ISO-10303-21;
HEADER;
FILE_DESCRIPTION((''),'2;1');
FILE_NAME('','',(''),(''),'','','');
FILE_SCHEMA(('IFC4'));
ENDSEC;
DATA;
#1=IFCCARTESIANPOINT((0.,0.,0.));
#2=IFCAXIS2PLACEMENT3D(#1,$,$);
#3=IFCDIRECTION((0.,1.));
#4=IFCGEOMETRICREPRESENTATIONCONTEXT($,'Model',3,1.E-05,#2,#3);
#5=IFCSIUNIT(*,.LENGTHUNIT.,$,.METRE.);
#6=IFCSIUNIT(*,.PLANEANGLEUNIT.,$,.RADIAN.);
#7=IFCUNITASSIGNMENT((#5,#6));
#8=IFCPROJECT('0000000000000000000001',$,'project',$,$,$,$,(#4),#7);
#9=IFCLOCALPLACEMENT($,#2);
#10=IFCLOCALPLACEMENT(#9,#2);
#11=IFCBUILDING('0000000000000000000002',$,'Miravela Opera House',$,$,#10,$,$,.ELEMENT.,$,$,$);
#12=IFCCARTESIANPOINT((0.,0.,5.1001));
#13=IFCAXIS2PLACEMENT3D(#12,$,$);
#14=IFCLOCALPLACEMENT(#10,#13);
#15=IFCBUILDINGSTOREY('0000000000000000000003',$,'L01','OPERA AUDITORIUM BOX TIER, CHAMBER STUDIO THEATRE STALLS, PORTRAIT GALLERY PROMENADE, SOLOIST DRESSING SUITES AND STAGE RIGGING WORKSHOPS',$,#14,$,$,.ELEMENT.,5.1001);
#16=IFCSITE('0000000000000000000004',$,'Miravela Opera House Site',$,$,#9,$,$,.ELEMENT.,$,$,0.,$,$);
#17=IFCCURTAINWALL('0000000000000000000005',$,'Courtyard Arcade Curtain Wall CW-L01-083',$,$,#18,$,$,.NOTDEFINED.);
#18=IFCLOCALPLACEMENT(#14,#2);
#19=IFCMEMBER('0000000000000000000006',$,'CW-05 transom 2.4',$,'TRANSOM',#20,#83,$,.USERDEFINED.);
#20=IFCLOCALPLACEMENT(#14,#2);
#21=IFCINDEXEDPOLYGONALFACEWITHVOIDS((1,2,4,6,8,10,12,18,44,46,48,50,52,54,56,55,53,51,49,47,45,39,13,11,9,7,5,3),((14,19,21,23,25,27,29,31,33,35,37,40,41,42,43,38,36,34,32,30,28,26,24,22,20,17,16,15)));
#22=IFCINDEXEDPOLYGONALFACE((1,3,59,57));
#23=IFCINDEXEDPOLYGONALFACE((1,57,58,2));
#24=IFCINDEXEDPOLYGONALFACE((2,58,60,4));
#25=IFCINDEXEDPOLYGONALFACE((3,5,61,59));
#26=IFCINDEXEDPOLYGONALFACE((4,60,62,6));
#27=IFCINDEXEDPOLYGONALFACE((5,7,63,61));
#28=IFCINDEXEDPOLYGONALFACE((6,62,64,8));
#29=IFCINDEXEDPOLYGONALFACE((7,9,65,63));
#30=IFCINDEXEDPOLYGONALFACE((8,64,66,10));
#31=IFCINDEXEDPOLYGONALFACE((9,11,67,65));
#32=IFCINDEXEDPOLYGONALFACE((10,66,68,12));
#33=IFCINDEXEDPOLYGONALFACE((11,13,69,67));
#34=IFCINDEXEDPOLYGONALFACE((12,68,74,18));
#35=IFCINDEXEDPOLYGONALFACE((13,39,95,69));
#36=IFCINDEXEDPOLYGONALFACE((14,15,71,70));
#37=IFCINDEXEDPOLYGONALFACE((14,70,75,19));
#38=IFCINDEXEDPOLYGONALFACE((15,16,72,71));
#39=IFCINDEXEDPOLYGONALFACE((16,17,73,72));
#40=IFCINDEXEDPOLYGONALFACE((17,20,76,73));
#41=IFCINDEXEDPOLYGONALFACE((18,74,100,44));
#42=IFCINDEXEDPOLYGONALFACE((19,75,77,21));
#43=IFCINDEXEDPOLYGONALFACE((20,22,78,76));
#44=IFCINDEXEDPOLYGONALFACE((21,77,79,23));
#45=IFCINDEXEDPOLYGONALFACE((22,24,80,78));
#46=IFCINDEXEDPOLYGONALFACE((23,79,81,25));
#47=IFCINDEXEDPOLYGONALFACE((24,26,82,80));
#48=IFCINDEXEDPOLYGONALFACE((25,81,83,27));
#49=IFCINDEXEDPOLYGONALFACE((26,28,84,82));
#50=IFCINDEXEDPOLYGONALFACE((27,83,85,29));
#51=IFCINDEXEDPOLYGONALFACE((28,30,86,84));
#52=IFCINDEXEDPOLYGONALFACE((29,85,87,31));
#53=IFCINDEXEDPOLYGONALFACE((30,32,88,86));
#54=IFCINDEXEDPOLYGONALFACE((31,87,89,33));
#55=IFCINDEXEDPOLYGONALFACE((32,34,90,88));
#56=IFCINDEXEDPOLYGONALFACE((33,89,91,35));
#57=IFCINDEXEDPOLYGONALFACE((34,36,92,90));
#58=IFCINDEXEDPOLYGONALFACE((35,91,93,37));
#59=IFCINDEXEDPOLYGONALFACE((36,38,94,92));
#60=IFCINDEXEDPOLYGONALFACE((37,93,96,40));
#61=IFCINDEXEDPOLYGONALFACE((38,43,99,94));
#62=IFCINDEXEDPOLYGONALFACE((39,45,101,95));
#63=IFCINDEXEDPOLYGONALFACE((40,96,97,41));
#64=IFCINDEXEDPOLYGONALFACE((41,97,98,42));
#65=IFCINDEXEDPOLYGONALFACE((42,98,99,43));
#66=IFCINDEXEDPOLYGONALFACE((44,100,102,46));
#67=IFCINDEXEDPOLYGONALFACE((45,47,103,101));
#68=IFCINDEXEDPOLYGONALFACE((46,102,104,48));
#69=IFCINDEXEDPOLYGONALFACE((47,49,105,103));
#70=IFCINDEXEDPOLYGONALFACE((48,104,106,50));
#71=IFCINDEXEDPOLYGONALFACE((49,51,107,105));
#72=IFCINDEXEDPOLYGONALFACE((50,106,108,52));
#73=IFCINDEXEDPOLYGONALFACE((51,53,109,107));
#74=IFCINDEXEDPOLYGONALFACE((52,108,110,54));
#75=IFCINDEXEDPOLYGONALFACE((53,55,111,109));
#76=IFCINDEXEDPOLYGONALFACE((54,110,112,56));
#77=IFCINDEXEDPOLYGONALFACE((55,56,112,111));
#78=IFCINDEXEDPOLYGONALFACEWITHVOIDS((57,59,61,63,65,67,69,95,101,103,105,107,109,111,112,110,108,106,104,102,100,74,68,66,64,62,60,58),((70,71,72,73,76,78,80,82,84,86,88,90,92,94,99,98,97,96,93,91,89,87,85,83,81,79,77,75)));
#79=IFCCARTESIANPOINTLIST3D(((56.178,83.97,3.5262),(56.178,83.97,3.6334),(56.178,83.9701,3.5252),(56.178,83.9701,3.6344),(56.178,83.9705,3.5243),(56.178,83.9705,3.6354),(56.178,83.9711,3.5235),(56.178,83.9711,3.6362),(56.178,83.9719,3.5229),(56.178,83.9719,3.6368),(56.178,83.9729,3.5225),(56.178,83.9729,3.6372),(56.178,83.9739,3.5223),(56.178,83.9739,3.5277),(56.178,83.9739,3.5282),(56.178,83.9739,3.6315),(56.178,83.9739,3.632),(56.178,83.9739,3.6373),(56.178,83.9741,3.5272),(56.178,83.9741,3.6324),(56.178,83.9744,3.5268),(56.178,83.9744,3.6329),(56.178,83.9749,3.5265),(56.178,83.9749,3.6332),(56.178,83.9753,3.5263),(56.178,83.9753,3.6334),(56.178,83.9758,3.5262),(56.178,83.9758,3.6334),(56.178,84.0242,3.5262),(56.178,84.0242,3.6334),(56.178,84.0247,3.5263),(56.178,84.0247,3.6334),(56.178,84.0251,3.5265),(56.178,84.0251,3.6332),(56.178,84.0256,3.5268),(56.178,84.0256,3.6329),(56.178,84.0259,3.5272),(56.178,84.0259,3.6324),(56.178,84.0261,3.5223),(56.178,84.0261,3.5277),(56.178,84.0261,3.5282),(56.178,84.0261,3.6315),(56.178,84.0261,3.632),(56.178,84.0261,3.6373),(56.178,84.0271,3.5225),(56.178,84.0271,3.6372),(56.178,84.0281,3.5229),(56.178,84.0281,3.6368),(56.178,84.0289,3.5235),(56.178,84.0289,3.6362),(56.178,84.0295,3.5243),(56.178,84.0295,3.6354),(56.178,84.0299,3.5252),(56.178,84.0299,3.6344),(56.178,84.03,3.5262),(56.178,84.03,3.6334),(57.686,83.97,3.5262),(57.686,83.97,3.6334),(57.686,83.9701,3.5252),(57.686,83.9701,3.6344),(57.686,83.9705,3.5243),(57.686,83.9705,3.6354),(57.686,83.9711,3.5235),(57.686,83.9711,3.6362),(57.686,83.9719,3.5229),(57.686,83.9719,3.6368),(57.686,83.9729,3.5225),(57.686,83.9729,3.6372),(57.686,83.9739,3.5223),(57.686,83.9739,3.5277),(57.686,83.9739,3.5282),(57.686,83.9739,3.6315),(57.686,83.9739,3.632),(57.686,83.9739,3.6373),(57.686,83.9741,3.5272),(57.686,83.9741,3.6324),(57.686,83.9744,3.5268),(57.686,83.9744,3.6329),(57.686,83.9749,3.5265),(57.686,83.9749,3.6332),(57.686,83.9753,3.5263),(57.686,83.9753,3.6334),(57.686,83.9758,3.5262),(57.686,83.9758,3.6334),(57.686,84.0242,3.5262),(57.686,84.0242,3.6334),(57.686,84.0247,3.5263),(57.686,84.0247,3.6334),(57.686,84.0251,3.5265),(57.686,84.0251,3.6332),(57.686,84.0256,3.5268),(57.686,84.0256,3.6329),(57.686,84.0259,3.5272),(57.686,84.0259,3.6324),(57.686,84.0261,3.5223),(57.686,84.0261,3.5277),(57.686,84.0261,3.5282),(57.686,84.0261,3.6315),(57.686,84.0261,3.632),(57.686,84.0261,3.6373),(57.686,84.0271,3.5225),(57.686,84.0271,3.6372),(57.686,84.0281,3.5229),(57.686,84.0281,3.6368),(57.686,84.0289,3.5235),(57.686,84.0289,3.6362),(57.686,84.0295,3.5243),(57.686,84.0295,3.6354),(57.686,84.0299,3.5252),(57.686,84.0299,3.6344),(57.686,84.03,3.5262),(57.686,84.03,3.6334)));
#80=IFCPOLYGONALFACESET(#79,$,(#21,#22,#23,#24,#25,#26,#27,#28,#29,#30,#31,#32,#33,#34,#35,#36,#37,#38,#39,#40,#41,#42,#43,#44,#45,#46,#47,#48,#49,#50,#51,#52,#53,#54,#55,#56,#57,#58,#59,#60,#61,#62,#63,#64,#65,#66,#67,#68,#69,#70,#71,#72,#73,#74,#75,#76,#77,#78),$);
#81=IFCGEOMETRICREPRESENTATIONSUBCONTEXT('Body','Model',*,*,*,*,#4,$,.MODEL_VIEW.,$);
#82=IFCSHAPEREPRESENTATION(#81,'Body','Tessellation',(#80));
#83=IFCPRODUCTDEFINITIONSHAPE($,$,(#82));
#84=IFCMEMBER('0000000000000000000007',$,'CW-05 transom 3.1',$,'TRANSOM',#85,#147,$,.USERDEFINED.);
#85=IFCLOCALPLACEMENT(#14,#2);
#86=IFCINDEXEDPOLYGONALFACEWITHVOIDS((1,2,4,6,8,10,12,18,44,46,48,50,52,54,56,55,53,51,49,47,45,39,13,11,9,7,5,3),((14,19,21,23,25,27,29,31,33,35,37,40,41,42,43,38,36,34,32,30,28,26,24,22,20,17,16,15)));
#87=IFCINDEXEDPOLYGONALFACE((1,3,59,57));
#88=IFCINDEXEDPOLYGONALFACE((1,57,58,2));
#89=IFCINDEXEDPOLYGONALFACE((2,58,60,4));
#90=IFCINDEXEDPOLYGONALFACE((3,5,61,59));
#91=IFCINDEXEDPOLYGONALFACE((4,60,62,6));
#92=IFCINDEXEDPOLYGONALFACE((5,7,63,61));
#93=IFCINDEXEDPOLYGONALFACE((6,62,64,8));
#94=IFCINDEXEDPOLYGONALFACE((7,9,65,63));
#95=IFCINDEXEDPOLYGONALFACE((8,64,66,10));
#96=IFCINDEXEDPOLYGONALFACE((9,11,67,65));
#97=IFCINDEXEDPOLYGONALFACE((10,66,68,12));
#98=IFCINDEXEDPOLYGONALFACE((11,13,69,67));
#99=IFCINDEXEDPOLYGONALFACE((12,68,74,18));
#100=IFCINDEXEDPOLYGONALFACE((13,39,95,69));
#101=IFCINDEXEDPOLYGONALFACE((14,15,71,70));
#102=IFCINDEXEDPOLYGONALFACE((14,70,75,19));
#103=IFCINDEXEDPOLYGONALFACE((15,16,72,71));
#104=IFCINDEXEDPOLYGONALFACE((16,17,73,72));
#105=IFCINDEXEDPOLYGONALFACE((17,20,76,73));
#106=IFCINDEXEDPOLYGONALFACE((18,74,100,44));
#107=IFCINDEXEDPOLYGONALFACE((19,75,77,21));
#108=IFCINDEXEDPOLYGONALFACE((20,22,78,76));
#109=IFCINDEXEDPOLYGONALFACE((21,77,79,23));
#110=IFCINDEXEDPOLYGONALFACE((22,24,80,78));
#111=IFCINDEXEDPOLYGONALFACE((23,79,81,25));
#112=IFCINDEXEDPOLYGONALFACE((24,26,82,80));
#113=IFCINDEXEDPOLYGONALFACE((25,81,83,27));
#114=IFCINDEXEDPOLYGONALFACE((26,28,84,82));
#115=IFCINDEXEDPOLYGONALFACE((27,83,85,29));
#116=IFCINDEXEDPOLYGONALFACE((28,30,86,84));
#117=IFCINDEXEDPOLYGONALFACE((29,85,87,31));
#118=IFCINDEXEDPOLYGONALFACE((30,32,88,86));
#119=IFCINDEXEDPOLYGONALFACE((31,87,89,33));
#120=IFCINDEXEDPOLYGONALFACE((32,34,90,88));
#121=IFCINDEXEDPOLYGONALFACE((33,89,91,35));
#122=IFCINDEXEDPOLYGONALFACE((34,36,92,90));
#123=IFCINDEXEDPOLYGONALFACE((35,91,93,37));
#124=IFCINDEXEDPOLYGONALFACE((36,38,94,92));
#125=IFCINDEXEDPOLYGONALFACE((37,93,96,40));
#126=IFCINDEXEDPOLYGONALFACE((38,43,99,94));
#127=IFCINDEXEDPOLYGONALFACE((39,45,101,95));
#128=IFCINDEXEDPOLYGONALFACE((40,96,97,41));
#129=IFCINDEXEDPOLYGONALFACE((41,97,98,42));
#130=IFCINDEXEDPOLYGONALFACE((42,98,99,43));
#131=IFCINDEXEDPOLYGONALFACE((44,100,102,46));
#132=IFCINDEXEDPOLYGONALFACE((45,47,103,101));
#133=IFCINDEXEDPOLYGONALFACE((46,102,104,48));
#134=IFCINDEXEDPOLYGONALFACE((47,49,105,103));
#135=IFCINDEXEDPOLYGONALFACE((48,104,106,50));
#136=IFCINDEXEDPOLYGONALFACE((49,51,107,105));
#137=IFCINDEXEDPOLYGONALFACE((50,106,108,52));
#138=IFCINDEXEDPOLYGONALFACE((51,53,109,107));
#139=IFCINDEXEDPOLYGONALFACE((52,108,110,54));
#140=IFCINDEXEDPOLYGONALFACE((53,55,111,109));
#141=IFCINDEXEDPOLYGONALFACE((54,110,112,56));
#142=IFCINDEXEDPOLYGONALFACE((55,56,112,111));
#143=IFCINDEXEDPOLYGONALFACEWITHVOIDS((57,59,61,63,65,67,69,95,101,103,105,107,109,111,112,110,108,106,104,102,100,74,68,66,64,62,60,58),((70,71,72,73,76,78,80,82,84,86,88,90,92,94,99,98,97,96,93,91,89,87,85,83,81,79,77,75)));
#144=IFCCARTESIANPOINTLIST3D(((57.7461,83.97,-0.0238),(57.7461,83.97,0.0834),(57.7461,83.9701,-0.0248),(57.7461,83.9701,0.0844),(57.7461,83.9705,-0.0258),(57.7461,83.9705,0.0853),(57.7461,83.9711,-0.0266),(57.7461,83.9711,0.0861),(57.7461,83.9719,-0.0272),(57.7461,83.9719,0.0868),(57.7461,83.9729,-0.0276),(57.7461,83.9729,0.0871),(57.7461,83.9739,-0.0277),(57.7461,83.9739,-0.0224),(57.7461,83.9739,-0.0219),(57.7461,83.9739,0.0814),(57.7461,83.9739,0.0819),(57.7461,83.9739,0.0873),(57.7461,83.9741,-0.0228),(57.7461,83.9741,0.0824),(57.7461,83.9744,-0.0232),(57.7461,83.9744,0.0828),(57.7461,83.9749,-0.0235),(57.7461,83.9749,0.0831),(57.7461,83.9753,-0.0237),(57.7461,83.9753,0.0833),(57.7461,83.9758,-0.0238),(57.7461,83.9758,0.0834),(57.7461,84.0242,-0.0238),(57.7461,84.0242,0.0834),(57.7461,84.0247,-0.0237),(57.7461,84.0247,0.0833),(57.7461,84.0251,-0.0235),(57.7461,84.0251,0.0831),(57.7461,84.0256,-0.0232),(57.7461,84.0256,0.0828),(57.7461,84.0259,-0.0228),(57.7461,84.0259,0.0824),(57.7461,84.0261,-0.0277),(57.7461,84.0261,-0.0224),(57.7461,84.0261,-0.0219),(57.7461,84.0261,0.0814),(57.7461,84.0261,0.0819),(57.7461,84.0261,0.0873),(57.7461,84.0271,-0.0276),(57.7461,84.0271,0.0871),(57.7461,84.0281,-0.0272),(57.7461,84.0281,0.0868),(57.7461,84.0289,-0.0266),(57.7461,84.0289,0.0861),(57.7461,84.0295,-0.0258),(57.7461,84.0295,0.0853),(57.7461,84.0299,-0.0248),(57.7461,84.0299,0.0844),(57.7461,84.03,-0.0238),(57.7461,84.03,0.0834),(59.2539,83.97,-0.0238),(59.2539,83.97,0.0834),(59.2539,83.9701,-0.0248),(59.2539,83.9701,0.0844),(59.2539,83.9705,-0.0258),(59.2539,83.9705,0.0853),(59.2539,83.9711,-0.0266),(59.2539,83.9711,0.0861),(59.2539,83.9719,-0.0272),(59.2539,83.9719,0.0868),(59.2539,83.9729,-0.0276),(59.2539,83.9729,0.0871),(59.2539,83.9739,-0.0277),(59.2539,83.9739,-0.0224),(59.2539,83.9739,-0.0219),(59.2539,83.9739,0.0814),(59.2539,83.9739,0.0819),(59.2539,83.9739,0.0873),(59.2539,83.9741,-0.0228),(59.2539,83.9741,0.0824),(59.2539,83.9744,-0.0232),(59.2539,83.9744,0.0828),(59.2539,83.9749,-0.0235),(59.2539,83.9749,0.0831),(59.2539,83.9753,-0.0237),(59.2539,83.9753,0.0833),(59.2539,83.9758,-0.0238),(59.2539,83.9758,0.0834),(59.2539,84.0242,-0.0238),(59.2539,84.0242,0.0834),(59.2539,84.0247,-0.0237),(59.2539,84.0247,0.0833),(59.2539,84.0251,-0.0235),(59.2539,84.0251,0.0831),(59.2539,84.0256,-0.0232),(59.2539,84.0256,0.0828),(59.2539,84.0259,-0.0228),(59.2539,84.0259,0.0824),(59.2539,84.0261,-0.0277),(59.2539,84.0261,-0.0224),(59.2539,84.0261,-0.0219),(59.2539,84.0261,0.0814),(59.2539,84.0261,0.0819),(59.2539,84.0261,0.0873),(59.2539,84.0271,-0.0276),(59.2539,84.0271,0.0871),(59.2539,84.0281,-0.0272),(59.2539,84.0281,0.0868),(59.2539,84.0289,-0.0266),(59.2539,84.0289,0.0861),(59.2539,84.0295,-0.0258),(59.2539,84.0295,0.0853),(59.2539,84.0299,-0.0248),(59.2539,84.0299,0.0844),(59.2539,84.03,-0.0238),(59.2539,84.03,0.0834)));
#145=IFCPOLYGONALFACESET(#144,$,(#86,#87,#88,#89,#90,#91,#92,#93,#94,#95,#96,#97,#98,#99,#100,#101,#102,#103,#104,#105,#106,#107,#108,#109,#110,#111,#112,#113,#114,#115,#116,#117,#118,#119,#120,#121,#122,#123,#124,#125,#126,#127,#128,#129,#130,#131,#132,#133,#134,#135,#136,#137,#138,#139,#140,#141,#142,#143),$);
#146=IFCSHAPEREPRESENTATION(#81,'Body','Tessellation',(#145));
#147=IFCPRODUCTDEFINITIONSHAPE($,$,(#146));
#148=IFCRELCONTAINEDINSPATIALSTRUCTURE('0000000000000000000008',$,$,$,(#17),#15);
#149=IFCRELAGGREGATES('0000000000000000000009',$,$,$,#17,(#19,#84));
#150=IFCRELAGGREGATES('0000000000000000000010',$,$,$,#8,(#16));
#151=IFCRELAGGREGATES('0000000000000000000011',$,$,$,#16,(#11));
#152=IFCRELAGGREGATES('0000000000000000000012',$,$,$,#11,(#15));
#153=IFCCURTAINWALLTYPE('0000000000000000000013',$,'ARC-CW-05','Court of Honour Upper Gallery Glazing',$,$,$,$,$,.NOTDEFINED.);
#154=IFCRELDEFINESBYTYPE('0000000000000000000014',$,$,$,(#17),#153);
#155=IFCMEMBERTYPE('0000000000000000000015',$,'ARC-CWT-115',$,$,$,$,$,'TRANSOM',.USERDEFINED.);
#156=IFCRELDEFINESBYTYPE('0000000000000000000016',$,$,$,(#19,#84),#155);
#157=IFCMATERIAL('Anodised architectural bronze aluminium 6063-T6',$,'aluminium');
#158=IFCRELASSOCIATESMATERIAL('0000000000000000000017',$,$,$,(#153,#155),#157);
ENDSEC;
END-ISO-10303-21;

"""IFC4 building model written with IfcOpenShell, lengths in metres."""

from ifc_helpers import new_model, si_unit, direction, frame, origin, origin_2d, place, context, subcontext, project, spatial, hollow_rectangle, extrude, material, material_profile, profile_set, type_object, element, aggregate, save


model = new_model("IFC4")

# Units and contexts
model_context = context("Model", 3, precision=1e-05, world=origin(), true_north=direction((0.0, 1.0)))
body_context = subcontext(model_context, "Body", "Model", "MODEL_VIEW")
ifc_project = project(units=[si_unit("LENGTHUNIT", "METRE"), si_unit("PLANEANGLEUNIT", "RADIAN")], contexts=[model_context])

# Site, building, storey
site_placement = place(None, origin())
site = spatial("IfcSite", under=ifc_project, at=site_placement, Name="Miravela Opera House Site", CompositionType="ELEMENT", RefElevation=0.0)
building_placement = place(site_placement, origin())
building = spatial("IfcBuilding", under=site, at=building_placement, Name="Miravela Opera House", CompositionType="ELEMENT")
storey_placement = place(building_placement, frame((0.0, 0.0, 5.1001)))
storey = spatial("IfcBuildingStorey", under=building, at=storey_placement, Name="L01", Description="OPERA AUDITORIUM BOX TIER, CHAMBER STUDIO THEATRE STALLS, PORTRAIT GALLERY PROMENADE, SOLOIST DRESSING SUITES AND STAGE RIGGING WORKSHOPS", CompositionType="ELEMENT", Elevation=5.1001)

# Curtain wall, members
ifc_material_1 = material(Name="Anodised architectural bronze aluminium 6063-T6", Category="aluminium")
curtain_wall_type = type_object("IfcCurtainWallType", Name="ARC-CW-05", Description="Court of Honour Upper Gallery Glazing", PredefinedType="NOTDEFINED", material=ifc_material_1)
curtain_wall_placement = place(storey_placement, origin())
curtain_wall = element("IfcCurtainWall", 1, at=curtain_wall_placement, inside=storey, type_object=curtain_wall_type, Name="Courtyard Arcade Curtain Wall CW-L01-083", PredefinedType="NOTDEFINED")
ifc_material_profile_1 = material_profile(ifc_material_1, hollow_rectangle(XDim=0.0601, YDim=0.115, WallThickness=0.0039, InnerFilletRadius=0.002, OuterFilletRadius=0.0039, at=origin_2d()), Name="CWT-60X115")
ifc_profile_set_1 = profile_set([ifc_material_profile_1])
member_type_1 = type_object("IfcMemberType", Name="ARC-CWT-115", ElementType="TRANSOM", PredefinedType="USERDEFINED", material=ifc_profile_set_1)
member_1_placement = place(storey_placement, frame((56.178, 84.0, 3.5798), z_axis=(1.0, 0.0, 0.0), x_axis=(0.0, 1.0, 0.0)))
member_1 = element("IfcMember", 2, at=member_1_placement, type_object=member_type_1, Name="CW-05 transom 2.4", ObjectType="TRANSOM", PredefinedType="USERDEFINED", context=body_context, shape_type="SweptSolid", body=[
    extrude(hollow_rectangle(XDim=0.0601, YDim=0.115, WallThickness=0.0039, InnerFilletRadius=0.002, OuterFilletRadius=0.0039, at=origin_2d()), origin(), (0.0, 0.0, 1.0), 1.5081),
])
member_2_placement = place(storey_placement, frame((57.7461, 84.0, 0.0298), z_axis=(1.0, 0.0, 0.0), x_axis=(0.0, 1.0, 0.0)))
member_2 = element("IfcMember", 3, at=member_2_placement, type_object=member_type_1, Name="CW-05 transom 3.1", ObjectType="TRANSOM", PredefinedType="USERDEFINED", context=body_context, shape_type="SweptSolid", body=[
    extrude(hollow_rectangle(XDim=0.0601, YDim=0.115, WallThickness=0.0039, InnerFilletRadius=0.002, OuterFilletRadius=0.0039, at=origin_2d()), origin(), (0.0, 0.0, 1.0), 1.5078),
])
aggregate(curtain_wall, [member_1, member_2])

save(model, "model.ifc")
